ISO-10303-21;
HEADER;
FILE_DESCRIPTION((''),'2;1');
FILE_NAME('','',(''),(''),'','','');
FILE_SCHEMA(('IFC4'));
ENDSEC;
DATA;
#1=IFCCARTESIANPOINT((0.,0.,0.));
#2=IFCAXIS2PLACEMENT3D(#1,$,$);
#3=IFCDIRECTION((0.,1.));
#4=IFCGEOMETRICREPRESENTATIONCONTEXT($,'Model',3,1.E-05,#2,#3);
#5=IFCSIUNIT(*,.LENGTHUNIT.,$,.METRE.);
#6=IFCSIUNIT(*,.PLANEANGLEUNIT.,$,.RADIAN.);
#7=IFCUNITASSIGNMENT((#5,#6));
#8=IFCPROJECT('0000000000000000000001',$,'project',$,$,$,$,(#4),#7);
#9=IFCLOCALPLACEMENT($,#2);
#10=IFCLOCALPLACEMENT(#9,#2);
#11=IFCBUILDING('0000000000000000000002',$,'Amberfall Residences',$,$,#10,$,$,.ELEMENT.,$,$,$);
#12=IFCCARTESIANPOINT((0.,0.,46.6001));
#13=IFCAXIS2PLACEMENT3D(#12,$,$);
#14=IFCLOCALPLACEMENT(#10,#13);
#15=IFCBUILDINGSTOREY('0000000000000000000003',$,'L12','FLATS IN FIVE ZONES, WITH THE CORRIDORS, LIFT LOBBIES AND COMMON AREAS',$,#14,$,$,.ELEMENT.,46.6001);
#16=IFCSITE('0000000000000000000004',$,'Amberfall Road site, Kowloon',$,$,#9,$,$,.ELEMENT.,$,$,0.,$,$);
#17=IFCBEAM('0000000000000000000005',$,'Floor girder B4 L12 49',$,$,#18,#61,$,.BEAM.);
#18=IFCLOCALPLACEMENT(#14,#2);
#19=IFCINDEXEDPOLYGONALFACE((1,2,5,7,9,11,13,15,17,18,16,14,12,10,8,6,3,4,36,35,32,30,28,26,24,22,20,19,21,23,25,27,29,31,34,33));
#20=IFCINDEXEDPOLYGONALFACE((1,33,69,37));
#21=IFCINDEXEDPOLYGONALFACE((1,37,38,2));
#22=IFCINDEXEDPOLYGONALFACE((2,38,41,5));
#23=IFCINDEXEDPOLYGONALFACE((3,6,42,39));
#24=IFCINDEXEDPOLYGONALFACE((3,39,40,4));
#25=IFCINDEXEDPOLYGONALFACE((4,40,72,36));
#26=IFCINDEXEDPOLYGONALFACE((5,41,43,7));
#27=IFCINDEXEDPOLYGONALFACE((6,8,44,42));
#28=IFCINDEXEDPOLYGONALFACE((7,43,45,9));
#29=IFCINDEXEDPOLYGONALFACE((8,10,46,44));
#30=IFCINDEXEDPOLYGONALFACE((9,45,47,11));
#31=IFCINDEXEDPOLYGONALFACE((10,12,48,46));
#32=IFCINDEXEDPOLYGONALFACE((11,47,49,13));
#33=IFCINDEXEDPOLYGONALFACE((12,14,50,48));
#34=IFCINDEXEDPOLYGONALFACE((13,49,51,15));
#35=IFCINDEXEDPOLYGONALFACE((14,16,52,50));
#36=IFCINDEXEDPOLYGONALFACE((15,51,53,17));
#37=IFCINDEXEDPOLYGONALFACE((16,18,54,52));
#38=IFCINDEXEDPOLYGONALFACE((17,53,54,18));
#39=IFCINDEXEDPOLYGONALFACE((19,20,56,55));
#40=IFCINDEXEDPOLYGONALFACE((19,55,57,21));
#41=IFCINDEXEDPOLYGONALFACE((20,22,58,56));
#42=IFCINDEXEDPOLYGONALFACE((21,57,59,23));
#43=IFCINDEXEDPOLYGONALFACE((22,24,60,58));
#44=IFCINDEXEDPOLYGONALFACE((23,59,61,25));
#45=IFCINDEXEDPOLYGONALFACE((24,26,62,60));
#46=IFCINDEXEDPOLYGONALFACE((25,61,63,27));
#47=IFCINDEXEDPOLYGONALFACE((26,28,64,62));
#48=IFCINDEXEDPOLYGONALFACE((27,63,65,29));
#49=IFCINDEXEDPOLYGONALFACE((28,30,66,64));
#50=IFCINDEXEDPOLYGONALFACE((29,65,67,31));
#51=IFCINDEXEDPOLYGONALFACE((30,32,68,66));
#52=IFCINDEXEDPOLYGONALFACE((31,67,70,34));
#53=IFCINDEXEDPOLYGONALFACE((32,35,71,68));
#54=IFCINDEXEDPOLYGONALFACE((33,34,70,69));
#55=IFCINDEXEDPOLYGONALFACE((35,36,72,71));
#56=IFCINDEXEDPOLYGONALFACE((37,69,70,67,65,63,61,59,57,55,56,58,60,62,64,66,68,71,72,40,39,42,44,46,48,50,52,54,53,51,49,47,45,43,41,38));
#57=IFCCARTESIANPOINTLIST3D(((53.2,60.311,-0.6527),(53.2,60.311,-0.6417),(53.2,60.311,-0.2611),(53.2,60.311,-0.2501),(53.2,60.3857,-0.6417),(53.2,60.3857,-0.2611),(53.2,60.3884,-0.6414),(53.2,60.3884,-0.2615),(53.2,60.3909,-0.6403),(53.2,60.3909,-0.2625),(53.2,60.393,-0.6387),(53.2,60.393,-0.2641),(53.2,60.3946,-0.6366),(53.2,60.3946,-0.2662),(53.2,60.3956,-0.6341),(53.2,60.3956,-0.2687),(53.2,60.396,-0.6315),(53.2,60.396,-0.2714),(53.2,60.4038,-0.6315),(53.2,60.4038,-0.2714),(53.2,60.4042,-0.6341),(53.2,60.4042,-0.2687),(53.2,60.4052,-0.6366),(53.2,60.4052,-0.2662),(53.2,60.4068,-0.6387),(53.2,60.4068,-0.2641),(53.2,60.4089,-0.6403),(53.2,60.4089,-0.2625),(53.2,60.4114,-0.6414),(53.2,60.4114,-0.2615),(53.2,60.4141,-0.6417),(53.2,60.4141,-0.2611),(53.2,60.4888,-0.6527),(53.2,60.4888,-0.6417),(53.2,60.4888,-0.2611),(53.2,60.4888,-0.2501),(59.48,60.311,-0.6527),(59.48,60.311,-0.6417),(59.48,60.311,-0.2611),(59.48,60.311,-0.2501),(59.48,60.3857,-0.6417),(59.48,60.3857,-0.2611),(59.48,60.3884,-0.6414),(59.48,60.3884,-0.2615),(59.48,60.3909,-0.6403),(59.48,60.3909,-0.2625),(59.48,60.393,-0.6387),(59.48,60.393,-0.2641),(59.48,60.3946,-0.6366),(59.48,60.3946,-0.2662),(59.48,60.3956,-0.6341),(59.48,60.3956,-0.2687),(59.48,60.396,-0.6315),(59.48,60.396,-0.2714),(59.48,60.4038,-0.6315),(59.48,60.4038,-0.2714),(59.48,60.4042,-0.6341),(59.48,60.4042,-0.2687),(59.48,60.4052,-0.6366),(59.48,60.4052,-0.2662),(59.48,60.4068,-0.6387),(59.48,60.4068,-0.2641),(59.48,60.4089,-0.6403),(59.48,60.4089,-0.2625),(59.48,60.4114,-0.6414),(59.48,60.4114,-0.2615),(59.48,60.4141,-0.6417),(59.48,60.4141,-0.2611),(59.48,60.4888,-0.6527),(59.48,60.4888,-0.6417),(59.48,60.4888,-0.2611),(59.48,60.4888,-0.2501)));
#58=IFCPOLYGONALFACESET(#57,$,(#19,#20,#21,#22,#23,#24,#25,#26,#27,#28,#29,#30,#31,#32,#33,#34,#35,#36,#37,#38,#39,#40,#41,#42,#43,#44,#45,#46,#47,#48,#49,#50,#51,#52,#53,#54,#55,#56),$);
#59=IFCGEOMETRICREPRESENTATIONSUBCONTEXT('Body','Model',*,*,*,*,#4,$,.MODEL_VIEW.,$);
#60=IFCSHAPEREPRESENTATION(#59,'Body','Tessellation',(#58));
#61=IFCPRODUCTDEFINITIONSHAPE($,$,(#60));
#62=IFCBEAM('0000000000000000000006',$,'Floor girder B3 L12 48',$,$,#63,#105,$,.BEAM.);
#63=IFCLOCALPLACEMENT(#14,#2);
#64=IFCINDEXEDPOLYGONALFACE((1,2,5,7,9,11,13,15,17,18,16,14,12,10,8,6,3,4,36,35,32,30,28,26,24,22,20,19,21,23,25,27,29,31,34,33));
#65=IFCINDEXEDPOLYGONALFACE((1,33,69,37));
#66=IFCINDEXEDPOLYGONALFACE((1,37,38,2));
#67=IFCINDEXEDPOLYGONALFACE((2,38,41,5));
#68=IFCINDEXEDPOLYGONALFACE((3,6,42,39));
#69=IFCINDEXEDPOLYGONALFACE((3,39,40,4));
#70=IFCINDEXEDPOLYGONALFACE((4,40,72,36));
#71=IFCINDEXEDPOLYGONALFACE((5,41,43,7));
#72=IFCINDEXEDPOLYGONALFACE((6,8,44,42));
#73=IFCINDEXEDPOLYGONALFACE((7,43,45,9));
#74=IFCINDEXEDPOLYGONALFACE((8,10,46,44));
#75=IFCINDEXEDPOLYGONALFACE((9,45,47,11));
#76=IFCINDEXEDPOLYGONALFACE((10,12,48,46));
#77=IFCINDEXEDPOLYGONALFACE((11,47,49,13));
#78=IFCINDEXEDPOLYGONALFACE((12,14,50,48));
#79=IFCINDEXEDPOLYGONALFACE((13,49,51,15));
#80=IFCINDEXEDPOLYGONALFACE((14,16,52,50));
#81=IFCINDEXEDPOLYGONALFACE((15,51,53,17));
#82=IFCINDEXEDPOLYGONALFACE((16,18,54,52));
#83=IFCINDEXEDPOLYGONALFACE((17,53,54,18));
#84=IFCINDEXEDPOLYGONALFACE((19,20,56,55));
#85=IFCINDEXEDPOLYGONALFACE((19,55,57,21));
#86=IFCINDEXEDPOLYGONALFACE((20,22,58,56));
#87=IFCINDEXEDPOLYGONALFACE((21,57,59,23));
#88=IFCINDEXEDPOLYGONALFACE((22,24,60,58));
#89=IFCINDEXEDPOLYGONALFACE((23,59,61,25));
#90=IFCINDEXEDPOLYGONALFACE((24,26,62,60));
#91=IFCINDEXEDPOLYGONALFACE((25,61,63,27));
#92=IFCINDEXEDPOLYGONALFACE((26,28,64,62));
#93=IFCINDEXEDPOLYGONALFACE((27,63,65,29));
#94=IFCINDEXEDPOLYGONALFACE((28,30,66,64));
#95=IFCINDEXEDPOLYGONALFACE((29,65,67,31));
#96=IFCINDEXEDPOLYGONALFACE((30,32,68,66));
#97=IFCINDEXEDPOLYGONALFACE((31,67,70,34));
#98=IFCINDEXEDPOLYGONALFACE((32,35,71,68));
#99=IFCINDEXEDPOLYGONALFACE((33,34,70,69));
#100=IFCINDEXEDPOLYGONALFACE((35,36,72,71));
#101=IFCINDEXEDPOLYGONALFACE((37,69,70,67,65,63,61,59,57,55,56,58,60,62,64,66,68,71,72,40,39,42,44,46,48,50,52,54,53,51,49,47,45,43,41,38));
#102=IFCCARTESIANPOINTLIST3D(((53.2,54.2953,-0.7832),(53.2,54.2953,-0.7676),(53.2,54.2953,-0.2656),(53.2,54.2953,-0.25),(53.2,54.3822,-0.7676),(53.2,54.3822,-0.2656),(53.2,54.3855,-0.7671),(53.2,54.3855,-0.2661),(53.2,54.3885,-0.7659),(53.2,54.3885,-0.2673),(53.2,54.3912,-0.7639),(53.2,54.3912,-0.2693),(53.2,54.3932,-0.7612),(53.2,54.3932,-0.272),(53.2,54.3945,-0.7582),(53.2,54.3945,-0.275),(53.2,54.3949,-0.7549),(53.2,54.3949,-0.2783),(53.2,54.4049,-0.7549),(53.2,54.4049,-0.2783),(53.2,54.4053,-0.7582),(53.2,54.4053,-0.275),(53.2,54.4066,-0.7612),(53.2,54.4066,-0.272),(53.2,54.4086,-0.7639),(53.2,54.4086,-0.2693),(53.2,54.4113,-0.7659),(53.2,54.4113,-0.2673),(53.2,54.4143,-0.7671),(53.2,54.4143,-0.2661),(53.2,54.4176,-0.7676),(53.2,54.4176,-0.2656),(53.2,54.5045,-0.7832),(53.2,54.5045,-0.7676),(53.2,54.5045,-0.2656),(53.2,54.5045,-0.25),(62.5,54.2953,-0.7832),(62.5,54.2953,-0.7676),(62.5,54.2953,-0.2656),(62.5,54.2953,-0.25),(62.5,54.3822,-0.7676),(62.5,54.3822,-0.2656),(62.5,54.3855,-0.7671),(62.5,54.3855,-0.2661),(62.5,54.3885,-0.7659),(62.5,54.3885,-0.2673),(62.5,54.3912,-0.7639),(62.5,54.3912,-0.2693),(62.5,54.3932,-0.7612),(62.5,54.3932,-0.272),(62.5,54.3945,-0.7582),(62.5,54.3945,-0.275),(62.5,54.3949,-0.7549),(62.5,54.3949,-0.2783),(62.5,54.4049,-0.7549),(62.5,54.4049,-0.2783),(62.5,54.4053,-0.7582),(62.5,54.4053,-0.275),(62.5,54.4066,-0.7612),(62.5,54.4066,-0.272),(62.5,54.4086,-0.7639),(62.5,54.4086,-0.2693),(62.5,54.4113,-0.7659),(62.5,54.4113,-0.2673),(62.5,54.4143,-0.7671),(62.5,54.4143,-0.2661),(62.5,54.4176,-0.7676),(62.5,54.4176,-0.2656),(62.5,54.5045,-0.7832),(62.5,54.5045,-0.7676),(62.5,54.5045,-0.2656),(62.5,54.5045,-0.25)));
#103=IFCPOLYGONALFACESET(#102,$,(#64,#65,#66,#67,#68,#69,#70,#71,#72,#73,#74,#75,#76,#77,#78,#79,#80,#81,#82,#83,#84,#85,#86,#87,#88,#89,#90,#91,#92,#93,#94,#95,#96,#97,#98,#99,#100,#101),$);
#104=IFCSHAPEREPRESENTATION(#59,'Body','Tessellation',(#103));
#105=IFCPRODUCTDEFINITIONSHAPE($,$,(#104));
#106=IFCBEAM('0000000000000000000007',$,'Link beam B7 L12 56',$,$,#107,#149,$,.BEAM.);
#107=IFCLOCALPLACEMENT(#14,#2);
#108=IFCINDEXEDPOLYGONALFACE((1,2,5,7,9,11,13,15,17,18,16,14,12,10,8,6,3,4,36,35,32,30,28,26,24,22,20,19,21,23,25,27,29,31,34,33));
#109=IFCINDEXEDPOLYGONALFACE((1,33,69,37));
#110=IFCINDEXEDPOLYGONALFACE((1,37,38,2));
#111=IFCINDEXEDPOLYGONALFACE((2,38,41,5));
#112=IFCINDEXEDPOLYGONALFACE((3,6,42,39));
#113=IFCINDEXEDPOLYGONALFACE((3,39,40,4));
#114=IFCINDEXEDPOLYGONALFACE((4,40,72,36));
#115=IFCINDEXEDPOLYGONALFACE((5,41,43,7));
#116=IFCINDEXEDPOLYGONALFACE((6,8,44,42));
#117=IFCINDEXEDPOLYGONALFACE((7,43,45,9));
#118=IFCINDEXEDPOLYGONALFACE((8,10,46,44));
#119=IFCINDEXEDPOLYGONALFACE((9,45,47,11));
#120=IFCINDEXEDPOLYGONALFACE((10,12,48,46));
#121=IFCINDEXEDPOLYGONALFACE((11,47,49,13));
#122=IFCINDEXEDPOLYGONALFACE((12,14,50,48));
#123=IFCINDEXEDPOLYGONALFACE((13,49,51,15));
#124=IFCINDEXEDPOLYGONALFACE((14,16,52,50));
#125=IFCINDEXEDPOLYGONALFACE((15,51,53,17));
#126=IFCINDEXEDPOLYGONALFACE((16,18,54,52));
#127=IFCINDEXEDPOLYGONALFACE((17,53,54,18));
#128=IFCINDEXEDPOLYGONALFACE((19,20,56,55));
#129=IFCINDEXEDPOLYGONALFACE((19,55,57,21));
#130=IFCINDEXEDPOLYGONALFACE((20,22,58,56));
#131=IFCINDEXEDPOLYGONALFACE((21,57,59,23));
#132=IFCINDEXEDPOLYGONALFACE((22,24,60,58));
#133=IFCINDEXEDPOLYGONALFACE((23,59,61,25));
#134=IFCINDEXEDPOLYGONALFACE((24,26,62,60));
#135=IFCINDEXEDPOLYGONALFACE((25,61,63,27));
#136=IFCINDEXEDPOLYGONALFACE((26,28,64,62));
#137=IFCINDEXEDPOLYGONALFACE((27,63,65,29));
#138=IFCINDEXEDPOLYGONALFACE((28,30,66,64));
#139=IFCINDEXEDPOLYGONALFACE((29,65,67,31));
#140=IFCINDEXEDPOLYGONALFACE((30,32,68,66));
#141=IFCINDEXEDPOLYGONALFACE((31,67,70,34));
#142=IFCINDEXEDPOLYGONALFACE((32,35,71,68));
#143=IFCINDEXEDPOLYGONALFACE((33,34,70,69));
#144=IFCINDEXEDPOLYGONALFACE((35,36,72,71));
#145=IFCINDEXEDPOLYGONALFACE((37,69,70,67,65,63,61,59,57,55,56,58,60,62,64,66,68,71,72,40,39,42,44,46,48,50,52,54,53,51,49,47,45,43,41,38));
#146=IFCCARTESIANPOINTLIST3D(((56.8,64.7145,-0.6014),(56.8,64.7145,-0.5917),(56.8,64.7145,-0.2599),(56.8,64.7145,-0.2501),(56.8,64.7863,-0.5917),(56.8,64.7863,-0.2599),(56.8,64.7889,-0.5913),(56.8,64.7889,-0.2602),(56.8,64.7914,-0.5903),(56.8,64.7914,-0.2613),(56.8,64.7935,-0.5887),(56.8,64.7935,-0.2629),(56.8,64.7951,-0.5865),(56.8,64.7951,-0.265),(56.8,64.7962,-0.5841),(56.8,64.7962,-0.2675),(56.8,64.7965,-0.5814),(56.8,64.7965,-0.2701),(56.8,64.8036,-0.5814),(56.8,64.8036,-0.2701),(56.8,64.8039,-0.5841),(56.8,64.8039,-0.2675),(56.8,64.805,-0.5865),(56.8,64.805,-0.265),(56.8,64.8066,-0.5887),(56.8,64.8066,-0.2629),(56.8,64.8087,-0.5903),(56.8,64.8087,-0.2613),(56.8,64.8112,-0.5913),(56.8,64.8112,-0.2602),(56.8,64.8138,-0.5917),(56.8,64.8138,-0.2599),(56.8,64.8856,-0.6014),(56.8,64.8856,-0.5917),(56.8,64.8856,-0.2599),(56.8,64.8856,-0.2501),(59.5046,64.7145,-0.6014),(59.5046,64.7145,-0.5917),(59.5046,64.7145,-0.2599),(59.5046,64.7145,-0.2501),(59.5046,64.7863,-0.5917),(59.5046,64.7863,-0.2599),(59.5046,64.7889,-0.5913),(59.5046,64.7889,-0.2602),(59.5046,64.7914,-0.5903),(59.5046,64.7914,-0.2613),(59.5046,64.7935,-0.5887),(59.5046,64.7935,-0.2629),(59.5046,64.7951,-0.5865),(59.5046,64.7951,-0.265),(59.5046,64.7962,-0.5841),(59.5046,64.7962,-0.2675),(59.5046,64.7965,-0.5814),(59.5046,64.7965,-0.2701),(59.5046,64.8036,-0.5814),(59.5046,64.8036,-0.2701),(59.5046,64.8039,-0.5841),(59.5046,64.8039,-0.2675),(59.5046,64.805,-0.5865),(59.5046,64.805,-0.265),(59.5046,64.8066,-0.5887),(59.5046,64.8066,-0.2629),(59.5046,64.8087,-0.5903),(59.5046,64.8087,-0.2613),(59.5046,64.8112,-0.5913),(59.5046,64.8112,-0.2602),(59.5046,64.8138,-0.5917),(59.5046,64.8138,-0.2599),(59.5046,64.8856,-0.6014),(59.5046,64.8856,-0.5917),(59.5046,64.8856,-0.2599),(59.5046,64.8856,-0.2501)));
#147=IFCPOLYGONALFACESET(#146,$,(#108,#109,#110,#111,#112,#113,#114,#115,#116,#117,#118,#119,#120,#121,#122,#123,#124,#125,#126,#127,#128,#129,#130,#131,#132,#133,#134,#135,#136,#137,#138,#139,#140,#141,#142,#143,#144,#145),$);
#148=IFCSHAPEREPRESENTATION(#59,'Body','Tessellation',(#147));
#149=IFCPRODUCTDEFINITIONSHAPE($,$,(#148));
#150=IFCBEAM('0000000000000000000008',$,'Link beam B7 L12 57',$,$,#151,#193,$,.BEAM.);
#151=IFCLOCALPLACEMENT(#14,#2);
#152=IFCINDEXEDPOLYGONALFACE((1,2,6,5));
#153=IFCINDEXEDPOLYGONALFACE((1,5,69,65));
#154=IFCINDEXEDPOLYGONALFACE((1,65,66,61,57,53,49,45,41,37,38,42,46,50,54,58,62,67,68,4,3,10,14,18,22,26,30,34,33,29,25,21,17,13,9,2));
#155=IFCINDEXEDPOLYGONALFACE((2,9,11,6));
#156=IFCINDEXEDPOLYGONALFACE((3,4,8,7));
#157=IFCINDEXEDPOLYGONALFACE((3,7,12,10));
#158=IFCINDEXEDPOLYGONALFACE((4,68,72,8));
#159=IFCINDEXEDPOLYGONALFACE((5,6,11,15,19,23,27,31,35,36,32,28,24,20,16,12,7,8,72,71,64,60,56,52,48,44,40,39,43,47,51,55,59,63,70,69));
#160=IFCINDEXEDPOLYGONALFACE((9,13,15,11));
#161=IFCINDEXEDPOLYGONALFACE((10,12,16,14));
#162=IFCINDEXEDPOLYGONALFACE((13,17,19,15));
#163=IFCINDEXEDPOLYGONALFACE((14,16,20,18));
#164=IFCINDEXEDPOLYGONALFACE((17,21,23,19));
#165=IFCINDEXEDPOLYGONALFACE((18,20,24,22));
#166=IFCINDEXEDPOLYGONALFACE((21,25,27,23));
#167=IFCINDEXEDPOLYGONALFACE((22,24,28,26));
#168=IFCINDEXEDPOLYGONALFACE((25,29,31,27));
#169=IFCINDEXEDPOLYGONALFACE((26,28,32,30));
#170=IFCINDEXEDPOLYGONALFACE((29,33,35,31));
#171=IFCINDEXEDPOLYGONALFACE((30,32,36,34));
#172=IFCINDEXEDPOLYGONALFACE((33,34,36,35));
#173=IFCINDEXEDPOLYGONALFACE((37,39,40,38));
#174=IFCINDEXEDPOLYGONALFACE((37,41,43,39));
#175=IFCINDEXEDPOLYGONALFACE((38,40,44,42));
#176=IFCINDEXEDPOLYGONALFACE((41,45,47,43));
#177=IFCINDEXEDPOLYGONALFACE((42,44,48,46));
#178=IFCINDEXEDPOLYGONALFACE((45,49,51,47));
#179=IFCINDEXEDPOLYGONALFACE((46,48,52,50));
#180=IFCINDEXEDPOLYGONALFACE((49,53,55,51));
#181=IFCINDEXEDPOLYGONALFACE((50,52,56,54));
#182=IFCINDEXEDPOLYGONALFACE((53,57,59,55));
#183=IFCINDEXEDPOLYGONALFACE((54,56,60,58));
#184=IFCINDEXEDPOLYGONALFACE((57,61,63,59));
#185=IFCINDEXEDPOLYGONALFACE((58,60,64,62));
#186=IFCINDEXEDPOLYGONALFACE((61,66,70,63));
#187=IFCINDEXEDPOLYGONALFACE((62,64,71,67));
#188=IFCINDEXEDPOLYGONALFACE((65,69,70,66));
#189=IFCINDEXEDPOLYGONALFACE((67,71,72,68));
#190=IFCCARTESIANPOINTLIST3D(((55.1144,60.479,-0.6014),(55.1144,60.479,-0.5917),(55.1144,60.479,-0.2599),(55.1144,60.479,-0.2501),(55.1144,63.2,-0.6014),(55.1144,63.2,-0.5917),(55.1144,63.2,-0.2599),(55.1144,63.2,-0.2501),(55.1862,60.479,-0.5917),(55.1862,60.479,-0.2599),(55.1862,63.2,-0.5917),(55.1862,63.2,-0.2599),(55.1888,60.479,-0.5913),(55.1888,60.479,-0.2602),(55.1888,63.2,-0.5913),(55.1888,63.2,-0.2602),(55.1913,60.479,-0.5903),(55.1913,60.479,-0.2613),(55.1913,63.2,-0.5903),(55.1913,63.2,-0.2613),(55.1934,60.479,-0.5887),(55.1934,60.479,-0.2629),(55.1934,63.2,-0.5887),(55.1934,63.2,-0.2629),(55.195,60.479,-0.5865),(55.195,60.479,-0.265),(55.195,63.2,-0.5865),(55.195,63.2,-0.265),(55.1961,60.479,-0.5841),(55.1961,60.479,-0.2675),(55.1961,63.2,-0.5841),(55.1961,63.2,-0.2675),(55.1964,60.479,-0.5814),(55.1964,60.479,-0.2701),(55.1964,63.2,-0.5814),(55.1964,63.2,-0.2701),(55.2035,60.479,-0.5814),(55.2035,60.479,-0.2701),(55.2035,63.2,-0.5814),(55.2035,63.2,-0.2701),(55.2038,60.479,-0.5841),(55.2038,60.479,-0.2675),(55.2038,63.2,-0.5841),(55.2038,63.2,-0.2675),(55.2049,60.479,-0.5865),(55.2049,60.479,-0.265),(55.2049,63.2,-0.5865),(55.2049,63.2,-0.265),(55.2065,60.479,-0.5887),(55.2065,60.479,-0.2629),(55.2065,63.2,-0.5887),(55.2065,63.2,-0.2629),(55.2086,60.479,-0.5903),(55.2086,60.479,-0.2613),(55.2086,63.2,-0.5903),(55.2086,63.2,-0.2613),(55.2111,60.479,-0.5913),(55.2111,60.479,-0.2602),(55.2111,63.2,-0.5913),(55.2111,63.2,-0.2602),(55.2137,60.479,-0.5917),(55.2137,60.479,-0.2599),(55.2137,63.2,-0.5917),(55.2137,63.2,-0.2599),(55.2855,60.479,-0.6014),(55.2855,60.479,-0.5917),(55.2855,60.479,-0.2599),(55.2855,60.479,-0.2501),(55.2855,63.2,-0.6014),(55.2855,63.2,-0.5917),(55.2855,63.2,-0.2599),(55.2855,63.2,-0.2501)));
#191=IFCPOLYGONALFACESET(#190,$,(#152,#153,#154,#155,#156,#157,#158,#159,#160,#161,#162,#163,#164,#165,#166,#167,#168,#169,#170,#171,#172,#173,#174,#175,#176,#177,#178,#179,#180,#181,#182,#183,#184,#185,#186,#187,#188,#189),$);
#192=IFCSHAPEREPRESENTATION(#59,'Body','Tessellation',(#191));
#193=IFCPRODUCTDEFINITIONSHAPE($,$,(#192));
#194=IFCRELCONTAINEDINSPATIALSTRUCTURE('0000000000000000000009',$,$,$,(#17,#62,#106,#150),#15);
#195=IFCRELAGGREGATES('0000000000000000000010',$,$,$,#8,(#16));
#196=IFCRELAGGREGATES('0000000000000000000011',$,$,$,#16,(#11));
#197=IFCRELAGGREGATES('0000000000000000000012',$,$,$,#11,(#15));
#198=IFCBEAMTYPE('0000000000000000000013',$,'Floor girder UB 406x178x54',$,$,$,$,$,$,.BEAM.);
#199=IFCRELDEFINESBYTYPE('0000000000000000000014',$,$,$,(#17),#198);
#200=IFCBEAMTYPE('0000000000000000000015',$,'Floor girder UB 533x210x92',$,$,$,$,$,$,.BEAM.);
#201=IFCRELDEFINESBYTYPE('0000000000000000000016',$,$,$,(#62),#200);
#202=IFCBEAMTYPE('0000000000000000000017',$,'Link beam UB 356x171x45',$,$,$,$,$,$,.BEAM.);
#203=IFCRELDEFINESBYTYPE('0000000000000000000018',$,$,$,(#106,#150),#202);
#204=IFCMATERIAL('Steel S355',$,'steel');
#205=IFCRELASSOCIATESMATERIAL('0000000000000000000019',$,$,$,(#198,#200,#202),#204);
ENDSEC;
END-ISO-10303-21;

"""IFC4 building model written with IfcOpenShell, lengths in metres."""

from ifc_helpers import new_model, si_unit, direction, frame, origin, origin_2d, place, context, subcontext, project, spatial, i_section, extrude, material, material_profile, profile_set, type_object, element, save


model = new_model("IFC4")

# Units and contexts
model_context = context("Model", 3, precision=1e-05, world=origin(), true_north=direction((0.0, 1.0)))
body_context = subcontext(model_context, "Body", "Model", "MODEL_VIEW")
ifc_project = project(units=[si_unit("LENGTHUNIT", "METRE"), si_unit("PLANEANGLEUNIT", "RADIAN")], contexts=[model_context])

# Site, building, storey
site_placement = place(None, origin())
site = spatial("IfcSite", under=ifc_project, at=site_placement, Name="Amberfall Road site, Kowloon", CompositionType="ELEMENT", RefElevation=0.0)
building_placement = place(site_placement, origin())
building = spatial("IfcBuilding", under=site, at=building_placement, Name="Amberfall Residences", CompositionType="ELEMENT")
storey_placement = place(building_placement, frame((0.0, 0.0, 46.6001)))
storey = spatial("IfcBuildingStorey", under=building, at=storey_placement, Name="L12", Description="FLATS IN FIVE ZONES, WITH THE CORRIDORS, LIFT LOBBIES AND COMMON AREAS", CompositionType="ELEMENT", Elevation=46.6001)

# Shared definitions
ifc_material_1 = material(Name="Steel S355", Category="steel")

# Beams
ifc_material_profile_1 = material_profile(ifc_material_1, i_section(OverallWidth=0.1777, OverallDepth=0.4026, WebThickness=0.0078, FlangeThickness=0.011, FilletRadius=0.0103, at=origin_2d()), Name="UB 406x178x54")
ifc_profile_set_1 = profile_set([ifc_material_profile_1], Name="Steel S355")
beam_type_1 = type_object("IfcBeamType", Name="Floor girder UB 406x178x54", PredefinedType="BEAM", material=ifc_profile_set_1)
beam_1_placement = place(storey_placement, frame((53.2, 60.3999, -0.4514), z_axis=(1.0, 0.0, 0.0), x_axis=(0.0, 1.0, 0.0)))
element("IfcBeam", 1, at=beam_1_placement, inside=storey, type_object=beam_type_1, Name="Floor girder B4 L12 49", PredefinedType="BEAM", context=body_context, shape_type="SweptSolid", body=[
    extrude(i_section(OverallWidth=0.1777, OverallDepth=0.4026, WebThickness=0.0078, FlangeThickness=0.011, FilletRadius=0.0103, at=origin_2d()), origin(), (0.0, 0.0, 1.0), 6.28),
])
ifc_material_profile_2 = material_profile(ifc_material_1, i_section(OverallWidth=0.2092, OverallDepth=0.5332, WebThickness=0.01, FlangeThickness=0.0156, FilletRadius=0.0127, at=origin_2d()), Name="UB 533x210x92")
ifc_profile_set_2 = profile_set([ifc_material_profile_2], Name="Steel S355")
beam_type_2 = type_object("IfcBeamType", Name="Floor girder UB 533x210x92", PredefinedType="BEAM", material=ifc_profile_set_2)
beam_2_placement = place(storey_placement, frame((53.2, 54.3999, -0.5166), z_axis=(1.0, 0.0, 0.0), x_axis=(0.0, 1.0, 0.0)))
element("IfcBeam", 2, at=beam_2_placement, inside=storey, type_object=beam_type_2, Name="Floor girder B3 L12 48", PredefinedType="BEAM", context=body_context, shape_type="SweptSolid", body=[
    extrude(i_section(OverallWidth=0.2092, OverallDepth=0.5332, WebThickness=0.01, FlangeThickness=0.0156, FilletRadius=0.0127, at=origin_2d()), origin(), (0.0, 0.0, 1.0), 9.3),
])
ifc_material_profile_3 = material_profile(ifc_material_1, i_section(OverallWidth=0.1711, OverallDepth=0.3513, WebThickness=0.0071, FlangeThickness=0.0098, FilletRadius=0.0103, at=origin_2d()), Name="UB 356x171x45")
ifc_profile_set_3 = profile_set([ifc_material_profile_3], Name="Steel S355")
beam_type_3 = type_object("IfcBeamType", Name="Link beam UB 356x171x45", PredefinedType="BEAM", material=ifc_profile_set_3)
beam_3_placement = place(storey_placement, frame((56.8, 64.8, -0.4258), z_axis=(1.0, 0.0, 0.0), x_axis=(0.0, 1.0, 0.0)))
element("IfcBeam", 3, at=beam_3_placement, inside=storey, type_object=beam_type_3, Name="Link beam B7 L12 56", PredefinedType="BEAM", context=body_context, shape_type="SweptSolid", body=[
    extrude(i_section(OverallWidth=0.1711, OverallDepth=0.3513, WebThickness=0.0071, FlangeThickness=0.0098, FilletRadius=0.0103, at=origin_2d()), origin(), (0.0, 0.0, 1.0), 2.7046),
])
beam_4_placement = place(storey_placement, frame((55.2, 63.2, -0.4258), z_axis=(0.0, -1.0, 0.0), x_axis=(1.0, 0.0, 0.0)))
element("IfcBeam", 4, at=beam_4_placement, inside=storey, type_object=beam_type_3, Name="Link beam B7 L12 57", PredefinedType="BEAM", context=body_context, shape_type="SweptSolid", body=[
    extrude(i_section(OverallWidth=0.1711, OverallDepth=0.3513, WebThickness=0.0071, FlangeThickness=0.0098, FilletRadius=0.0103, at=origin_2d()), origin(), (0.0, 0.0, 1.0), 2.7209),
])

save(model, "model.ifc")
